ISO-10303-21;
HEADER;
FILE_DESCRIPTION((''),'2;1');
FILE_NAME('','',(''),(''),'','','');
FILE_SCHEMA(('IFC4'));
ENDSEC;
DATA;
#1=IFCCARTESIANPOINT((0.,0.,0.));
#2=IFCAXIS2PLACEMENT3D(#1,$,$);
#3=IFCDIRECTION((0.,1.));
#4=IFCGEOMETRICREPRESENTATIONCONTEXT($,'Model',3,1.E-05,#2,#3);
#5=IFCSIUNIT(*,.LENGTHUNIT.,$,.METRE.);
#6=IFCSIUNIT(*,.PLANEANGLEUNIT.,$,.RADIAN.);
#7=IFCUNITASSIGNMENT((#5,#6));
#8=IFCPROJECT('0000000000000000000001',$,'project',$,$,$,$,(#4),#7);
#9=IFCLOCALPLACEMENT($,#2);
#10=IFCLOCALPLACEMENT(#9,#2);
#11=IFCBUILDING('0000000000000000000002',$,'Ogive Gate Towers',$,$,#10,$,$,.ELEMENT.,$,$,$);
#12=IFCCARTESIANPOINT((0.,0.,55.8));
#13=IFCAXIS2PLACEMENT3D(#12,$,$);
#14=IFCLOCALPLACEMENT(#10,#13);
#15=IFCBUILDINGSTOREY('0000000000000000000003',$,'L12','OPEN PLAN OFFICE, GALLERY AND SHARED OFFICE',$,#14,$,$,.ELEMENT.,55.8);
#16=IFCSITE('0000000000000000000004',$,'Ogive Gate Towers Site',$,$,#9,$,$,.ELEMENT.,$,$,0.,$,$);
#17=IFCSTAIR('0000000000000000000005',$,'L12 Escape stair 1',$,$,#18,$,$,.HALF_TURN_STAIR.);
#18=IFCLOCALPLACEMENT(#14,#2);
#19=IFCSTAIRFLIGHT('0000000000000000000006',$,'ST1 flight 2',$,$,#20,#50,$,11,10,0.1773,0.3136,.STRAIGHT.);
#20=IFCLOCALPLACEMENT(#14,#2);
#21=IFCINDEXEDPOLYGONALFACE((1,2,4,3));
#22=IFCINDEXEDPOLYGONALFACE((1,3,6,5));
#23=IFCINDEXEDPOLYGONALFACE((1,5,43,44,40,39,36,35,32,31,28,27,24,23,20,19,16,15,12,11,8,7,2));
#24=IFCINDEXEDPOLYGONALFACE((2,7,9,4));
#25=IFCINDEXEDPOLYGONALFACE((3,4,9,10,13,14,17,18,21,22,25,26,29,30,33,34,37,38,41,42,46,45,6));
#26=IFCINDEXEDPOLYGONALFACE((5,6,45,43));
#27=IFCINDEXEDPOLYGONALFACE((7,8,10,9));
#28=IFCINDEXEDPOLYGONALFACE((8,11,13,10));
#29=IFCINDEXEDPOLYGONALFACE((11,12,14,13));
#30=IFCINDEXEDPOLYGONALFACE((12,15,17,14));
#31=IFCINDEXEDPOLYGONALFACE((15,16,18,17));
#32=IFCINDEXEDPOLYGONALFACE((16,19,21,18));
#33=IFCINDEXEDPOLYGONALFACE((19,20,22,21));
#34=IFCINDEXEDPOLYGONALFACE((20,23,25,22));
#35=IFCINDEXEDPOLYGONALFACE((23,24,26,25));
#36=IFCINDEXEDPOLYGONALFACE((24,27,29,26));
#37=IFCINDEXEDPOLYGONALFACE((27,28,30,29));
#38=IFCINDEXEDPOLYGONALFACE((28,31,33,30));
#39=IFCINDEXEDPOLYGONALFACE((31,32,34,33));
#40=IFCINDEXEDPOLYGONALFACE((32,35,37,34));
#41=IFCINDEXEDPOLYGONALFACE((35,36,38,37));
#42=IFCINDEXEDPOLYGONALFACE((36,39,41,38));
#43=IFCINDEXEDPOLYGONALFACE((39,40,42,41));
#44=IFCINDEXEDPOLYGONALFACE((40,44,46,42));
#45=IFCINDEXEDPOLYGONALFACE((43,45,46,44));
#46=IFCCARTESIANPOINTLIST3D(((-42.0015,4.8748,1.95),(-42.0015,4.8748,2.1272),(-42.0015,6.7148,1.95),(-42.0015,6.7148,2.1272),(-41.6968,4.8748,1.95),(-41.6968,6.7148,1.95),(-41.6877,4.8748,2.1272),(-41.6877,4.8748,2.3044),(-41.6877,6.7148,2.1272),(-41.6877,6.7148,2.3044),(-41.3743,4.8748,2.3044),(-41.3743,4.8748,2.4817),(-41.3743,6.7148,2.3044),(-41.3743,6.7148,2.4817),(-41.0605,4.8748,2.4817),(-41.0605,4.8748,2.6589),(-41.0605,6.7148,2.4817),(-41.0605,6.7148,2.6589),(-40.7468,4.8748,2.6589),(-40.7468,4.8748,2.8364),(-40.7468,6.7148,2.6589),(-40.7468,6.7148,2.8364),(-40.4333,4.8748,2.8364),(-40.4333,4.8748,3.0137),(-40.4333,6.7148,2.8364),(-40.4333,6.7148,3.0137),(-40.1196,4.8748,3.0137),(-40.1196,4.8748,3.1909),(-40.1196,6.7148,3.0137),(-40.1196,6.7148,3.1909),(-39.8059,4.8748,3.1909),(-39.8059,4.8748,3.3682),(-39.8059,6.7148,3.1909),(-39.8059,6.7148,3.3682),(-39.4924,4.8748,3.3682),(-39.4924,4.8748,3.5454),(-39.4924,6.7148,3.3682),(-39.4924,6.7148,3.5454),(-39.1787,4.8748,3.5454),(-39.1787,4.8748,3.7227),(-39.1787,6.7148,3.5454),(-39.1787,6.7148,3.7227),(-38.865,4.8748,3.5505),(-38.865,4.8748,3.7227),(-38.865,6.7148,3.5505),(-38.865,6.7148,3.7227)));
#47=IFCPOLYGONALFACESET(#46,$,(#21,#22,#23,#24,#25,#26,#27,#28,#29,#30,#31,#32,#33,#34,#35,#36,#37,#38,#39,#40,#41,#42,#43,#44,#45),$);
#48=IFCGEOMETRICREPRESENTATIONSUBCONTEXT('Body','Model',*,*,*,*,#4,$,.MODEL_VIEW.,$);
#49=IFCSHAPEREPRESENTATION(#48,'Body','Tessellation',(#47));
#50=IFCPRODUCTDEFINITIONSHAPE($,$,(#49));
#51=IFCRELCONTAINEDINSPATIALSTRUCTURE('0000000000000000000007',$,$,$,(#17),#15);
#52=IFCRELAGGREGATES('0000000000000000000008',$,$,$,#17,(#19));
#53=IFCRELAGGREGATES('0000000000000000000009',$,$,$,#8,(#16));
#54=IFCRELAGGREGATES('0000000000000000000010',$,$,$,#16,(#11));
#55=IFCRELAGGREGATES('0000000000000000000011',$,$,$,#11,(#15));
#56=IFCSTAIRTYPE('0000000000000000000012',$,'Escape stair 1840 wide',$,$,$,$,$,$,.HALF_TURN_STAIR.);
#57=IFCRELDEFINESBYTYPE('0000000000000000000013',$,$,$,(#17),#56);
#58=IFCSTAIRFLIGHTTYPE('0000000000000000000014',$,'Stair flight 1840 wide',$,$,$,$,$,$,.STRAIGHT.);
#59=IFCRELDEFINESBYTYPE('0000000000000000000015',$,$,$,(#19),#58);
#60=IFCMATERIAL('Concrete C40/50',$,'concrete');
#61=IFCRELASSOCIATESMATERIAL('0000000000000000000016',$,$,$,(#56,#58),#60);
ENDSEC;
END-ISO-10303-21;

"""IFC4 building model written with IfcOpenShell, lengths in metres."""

from ifc_helpers import new_model, si_unit, direction, frame, origin, place, context, subcontext, project, spatial, polyline, outline, extrude, material, type_object, element, aggregate, save


model = new_model("IFC4")

# Units and contexts
model_context = context("Model", 3, precision=1e-05, world=origin(), true_north=direction((0.0, 1.0)))
body_context = subcontext(model_context, "Body", "Model", "MODEL_VIEW")
ifc_project = project(units=[si_unit("LENGTHUNIT", "METRE"), si_unit("PLANEANGLEUNIT", "RADIAN")], contexts=[model_context])

# Site, building, storey
site_placement = place(None, origin())
site = spatial("IfcSite", under=ifc_project, at=site_placement, Name="Ogive Gate Towers Site", CompositionType="ELEMENT", RefElevation=0.0)
building_placement = place(site_placement, origin())
building = spatial("IfcBuilding", under=site, at=building_placement, Name="Ogive Gate Towers", CompositionType="ELEMENT")
storey_placement = place(building_placement, frame((0.0, 0.0, 55.8)))
storey = spatial("IfcBuildingStorey", under=building, at=storey_placement, Name="L12", Description="OPEN PLAN OFFICE, GALLERY AND SHARED OFFICE", CompositionType="ELEMENT", Elevation=55.8)

# Stair, stair flight
ifc_material_1 = material(Name="Concrete C40/50", Category="concrete")
stair_type = type_object("IfcStairType", Name="Escape stair 1840 wide", PredefinedType="HALF_TURN_STAIR", material=ifc_material_1)
stair_placement = place(storey_placement, origin())
stair = element("IfcStair", 1, at=stair_placement, inside=storey, type_object=stair_type, Name="L12 Escape stair 1", PredefinedType="HALF_TURN_STAIR")
stair_flight_type = type_object("IfcStairFlightType", Name="Stair flight 1840 wide", PredefinedType="STRAIGHT", material=ifc_material_1)
stair_flight_1_placement = place(storey_placement, frame((-42.0015, 5.7949, 1.95), z_axis=(0.0, 0.0, 1.0), x_axis=(1.0, 0.0, 0.0)))
stair_flight_1 = element("IfcStairFlight", 2, at=stair_flight_1_placement, type_object=stair_flight_type, Name="ST1 flight 2", NumberOfRisers=11, NumberOfTreads=10, PredefinedType="STRAIGHT", RiserHeight=0.1773, TreadLength=0.3136, context=body_context, shape_type="SweptSolid", body=[
    extrude(outline(polyline([(0.0, 0.0), (0.0, 0.1772), (0.3137, 0.1772), (0.3137, 0.3545), (0.6272, 0.3545), (0.6272, 0.5317), (0.9409, 0.5317), (0.9409, 0.709), (1.2546, 0.709), (1.2546, 0.8865), (1.5681, 0.8865), (1.5681, 1.0637), (1.8818, 1.0637), (1.8818, 1.241), (2.1956, 1.241), (2.1956, 1.4182), (2.509, 1.4182), (2.509, 1.5955), (2.8228, 1.5955), (2.8228, 1.7727), (3.1365, 1.7727), (3.1365, 1.95), (3.1365, 1.6006), (0.3047, 0.0), (0.0, 0.0)])), frame((0.0, 0.9199, 0.0), z_axis=(0.0, -1.0, 0.0), x_axis=(1.0, 0.0, 0.0)), (0.0, 0.0, 1.0), 1.8401),
])
aggregate(stair, [stair_flight_1])

save(model, "model.ifc")
